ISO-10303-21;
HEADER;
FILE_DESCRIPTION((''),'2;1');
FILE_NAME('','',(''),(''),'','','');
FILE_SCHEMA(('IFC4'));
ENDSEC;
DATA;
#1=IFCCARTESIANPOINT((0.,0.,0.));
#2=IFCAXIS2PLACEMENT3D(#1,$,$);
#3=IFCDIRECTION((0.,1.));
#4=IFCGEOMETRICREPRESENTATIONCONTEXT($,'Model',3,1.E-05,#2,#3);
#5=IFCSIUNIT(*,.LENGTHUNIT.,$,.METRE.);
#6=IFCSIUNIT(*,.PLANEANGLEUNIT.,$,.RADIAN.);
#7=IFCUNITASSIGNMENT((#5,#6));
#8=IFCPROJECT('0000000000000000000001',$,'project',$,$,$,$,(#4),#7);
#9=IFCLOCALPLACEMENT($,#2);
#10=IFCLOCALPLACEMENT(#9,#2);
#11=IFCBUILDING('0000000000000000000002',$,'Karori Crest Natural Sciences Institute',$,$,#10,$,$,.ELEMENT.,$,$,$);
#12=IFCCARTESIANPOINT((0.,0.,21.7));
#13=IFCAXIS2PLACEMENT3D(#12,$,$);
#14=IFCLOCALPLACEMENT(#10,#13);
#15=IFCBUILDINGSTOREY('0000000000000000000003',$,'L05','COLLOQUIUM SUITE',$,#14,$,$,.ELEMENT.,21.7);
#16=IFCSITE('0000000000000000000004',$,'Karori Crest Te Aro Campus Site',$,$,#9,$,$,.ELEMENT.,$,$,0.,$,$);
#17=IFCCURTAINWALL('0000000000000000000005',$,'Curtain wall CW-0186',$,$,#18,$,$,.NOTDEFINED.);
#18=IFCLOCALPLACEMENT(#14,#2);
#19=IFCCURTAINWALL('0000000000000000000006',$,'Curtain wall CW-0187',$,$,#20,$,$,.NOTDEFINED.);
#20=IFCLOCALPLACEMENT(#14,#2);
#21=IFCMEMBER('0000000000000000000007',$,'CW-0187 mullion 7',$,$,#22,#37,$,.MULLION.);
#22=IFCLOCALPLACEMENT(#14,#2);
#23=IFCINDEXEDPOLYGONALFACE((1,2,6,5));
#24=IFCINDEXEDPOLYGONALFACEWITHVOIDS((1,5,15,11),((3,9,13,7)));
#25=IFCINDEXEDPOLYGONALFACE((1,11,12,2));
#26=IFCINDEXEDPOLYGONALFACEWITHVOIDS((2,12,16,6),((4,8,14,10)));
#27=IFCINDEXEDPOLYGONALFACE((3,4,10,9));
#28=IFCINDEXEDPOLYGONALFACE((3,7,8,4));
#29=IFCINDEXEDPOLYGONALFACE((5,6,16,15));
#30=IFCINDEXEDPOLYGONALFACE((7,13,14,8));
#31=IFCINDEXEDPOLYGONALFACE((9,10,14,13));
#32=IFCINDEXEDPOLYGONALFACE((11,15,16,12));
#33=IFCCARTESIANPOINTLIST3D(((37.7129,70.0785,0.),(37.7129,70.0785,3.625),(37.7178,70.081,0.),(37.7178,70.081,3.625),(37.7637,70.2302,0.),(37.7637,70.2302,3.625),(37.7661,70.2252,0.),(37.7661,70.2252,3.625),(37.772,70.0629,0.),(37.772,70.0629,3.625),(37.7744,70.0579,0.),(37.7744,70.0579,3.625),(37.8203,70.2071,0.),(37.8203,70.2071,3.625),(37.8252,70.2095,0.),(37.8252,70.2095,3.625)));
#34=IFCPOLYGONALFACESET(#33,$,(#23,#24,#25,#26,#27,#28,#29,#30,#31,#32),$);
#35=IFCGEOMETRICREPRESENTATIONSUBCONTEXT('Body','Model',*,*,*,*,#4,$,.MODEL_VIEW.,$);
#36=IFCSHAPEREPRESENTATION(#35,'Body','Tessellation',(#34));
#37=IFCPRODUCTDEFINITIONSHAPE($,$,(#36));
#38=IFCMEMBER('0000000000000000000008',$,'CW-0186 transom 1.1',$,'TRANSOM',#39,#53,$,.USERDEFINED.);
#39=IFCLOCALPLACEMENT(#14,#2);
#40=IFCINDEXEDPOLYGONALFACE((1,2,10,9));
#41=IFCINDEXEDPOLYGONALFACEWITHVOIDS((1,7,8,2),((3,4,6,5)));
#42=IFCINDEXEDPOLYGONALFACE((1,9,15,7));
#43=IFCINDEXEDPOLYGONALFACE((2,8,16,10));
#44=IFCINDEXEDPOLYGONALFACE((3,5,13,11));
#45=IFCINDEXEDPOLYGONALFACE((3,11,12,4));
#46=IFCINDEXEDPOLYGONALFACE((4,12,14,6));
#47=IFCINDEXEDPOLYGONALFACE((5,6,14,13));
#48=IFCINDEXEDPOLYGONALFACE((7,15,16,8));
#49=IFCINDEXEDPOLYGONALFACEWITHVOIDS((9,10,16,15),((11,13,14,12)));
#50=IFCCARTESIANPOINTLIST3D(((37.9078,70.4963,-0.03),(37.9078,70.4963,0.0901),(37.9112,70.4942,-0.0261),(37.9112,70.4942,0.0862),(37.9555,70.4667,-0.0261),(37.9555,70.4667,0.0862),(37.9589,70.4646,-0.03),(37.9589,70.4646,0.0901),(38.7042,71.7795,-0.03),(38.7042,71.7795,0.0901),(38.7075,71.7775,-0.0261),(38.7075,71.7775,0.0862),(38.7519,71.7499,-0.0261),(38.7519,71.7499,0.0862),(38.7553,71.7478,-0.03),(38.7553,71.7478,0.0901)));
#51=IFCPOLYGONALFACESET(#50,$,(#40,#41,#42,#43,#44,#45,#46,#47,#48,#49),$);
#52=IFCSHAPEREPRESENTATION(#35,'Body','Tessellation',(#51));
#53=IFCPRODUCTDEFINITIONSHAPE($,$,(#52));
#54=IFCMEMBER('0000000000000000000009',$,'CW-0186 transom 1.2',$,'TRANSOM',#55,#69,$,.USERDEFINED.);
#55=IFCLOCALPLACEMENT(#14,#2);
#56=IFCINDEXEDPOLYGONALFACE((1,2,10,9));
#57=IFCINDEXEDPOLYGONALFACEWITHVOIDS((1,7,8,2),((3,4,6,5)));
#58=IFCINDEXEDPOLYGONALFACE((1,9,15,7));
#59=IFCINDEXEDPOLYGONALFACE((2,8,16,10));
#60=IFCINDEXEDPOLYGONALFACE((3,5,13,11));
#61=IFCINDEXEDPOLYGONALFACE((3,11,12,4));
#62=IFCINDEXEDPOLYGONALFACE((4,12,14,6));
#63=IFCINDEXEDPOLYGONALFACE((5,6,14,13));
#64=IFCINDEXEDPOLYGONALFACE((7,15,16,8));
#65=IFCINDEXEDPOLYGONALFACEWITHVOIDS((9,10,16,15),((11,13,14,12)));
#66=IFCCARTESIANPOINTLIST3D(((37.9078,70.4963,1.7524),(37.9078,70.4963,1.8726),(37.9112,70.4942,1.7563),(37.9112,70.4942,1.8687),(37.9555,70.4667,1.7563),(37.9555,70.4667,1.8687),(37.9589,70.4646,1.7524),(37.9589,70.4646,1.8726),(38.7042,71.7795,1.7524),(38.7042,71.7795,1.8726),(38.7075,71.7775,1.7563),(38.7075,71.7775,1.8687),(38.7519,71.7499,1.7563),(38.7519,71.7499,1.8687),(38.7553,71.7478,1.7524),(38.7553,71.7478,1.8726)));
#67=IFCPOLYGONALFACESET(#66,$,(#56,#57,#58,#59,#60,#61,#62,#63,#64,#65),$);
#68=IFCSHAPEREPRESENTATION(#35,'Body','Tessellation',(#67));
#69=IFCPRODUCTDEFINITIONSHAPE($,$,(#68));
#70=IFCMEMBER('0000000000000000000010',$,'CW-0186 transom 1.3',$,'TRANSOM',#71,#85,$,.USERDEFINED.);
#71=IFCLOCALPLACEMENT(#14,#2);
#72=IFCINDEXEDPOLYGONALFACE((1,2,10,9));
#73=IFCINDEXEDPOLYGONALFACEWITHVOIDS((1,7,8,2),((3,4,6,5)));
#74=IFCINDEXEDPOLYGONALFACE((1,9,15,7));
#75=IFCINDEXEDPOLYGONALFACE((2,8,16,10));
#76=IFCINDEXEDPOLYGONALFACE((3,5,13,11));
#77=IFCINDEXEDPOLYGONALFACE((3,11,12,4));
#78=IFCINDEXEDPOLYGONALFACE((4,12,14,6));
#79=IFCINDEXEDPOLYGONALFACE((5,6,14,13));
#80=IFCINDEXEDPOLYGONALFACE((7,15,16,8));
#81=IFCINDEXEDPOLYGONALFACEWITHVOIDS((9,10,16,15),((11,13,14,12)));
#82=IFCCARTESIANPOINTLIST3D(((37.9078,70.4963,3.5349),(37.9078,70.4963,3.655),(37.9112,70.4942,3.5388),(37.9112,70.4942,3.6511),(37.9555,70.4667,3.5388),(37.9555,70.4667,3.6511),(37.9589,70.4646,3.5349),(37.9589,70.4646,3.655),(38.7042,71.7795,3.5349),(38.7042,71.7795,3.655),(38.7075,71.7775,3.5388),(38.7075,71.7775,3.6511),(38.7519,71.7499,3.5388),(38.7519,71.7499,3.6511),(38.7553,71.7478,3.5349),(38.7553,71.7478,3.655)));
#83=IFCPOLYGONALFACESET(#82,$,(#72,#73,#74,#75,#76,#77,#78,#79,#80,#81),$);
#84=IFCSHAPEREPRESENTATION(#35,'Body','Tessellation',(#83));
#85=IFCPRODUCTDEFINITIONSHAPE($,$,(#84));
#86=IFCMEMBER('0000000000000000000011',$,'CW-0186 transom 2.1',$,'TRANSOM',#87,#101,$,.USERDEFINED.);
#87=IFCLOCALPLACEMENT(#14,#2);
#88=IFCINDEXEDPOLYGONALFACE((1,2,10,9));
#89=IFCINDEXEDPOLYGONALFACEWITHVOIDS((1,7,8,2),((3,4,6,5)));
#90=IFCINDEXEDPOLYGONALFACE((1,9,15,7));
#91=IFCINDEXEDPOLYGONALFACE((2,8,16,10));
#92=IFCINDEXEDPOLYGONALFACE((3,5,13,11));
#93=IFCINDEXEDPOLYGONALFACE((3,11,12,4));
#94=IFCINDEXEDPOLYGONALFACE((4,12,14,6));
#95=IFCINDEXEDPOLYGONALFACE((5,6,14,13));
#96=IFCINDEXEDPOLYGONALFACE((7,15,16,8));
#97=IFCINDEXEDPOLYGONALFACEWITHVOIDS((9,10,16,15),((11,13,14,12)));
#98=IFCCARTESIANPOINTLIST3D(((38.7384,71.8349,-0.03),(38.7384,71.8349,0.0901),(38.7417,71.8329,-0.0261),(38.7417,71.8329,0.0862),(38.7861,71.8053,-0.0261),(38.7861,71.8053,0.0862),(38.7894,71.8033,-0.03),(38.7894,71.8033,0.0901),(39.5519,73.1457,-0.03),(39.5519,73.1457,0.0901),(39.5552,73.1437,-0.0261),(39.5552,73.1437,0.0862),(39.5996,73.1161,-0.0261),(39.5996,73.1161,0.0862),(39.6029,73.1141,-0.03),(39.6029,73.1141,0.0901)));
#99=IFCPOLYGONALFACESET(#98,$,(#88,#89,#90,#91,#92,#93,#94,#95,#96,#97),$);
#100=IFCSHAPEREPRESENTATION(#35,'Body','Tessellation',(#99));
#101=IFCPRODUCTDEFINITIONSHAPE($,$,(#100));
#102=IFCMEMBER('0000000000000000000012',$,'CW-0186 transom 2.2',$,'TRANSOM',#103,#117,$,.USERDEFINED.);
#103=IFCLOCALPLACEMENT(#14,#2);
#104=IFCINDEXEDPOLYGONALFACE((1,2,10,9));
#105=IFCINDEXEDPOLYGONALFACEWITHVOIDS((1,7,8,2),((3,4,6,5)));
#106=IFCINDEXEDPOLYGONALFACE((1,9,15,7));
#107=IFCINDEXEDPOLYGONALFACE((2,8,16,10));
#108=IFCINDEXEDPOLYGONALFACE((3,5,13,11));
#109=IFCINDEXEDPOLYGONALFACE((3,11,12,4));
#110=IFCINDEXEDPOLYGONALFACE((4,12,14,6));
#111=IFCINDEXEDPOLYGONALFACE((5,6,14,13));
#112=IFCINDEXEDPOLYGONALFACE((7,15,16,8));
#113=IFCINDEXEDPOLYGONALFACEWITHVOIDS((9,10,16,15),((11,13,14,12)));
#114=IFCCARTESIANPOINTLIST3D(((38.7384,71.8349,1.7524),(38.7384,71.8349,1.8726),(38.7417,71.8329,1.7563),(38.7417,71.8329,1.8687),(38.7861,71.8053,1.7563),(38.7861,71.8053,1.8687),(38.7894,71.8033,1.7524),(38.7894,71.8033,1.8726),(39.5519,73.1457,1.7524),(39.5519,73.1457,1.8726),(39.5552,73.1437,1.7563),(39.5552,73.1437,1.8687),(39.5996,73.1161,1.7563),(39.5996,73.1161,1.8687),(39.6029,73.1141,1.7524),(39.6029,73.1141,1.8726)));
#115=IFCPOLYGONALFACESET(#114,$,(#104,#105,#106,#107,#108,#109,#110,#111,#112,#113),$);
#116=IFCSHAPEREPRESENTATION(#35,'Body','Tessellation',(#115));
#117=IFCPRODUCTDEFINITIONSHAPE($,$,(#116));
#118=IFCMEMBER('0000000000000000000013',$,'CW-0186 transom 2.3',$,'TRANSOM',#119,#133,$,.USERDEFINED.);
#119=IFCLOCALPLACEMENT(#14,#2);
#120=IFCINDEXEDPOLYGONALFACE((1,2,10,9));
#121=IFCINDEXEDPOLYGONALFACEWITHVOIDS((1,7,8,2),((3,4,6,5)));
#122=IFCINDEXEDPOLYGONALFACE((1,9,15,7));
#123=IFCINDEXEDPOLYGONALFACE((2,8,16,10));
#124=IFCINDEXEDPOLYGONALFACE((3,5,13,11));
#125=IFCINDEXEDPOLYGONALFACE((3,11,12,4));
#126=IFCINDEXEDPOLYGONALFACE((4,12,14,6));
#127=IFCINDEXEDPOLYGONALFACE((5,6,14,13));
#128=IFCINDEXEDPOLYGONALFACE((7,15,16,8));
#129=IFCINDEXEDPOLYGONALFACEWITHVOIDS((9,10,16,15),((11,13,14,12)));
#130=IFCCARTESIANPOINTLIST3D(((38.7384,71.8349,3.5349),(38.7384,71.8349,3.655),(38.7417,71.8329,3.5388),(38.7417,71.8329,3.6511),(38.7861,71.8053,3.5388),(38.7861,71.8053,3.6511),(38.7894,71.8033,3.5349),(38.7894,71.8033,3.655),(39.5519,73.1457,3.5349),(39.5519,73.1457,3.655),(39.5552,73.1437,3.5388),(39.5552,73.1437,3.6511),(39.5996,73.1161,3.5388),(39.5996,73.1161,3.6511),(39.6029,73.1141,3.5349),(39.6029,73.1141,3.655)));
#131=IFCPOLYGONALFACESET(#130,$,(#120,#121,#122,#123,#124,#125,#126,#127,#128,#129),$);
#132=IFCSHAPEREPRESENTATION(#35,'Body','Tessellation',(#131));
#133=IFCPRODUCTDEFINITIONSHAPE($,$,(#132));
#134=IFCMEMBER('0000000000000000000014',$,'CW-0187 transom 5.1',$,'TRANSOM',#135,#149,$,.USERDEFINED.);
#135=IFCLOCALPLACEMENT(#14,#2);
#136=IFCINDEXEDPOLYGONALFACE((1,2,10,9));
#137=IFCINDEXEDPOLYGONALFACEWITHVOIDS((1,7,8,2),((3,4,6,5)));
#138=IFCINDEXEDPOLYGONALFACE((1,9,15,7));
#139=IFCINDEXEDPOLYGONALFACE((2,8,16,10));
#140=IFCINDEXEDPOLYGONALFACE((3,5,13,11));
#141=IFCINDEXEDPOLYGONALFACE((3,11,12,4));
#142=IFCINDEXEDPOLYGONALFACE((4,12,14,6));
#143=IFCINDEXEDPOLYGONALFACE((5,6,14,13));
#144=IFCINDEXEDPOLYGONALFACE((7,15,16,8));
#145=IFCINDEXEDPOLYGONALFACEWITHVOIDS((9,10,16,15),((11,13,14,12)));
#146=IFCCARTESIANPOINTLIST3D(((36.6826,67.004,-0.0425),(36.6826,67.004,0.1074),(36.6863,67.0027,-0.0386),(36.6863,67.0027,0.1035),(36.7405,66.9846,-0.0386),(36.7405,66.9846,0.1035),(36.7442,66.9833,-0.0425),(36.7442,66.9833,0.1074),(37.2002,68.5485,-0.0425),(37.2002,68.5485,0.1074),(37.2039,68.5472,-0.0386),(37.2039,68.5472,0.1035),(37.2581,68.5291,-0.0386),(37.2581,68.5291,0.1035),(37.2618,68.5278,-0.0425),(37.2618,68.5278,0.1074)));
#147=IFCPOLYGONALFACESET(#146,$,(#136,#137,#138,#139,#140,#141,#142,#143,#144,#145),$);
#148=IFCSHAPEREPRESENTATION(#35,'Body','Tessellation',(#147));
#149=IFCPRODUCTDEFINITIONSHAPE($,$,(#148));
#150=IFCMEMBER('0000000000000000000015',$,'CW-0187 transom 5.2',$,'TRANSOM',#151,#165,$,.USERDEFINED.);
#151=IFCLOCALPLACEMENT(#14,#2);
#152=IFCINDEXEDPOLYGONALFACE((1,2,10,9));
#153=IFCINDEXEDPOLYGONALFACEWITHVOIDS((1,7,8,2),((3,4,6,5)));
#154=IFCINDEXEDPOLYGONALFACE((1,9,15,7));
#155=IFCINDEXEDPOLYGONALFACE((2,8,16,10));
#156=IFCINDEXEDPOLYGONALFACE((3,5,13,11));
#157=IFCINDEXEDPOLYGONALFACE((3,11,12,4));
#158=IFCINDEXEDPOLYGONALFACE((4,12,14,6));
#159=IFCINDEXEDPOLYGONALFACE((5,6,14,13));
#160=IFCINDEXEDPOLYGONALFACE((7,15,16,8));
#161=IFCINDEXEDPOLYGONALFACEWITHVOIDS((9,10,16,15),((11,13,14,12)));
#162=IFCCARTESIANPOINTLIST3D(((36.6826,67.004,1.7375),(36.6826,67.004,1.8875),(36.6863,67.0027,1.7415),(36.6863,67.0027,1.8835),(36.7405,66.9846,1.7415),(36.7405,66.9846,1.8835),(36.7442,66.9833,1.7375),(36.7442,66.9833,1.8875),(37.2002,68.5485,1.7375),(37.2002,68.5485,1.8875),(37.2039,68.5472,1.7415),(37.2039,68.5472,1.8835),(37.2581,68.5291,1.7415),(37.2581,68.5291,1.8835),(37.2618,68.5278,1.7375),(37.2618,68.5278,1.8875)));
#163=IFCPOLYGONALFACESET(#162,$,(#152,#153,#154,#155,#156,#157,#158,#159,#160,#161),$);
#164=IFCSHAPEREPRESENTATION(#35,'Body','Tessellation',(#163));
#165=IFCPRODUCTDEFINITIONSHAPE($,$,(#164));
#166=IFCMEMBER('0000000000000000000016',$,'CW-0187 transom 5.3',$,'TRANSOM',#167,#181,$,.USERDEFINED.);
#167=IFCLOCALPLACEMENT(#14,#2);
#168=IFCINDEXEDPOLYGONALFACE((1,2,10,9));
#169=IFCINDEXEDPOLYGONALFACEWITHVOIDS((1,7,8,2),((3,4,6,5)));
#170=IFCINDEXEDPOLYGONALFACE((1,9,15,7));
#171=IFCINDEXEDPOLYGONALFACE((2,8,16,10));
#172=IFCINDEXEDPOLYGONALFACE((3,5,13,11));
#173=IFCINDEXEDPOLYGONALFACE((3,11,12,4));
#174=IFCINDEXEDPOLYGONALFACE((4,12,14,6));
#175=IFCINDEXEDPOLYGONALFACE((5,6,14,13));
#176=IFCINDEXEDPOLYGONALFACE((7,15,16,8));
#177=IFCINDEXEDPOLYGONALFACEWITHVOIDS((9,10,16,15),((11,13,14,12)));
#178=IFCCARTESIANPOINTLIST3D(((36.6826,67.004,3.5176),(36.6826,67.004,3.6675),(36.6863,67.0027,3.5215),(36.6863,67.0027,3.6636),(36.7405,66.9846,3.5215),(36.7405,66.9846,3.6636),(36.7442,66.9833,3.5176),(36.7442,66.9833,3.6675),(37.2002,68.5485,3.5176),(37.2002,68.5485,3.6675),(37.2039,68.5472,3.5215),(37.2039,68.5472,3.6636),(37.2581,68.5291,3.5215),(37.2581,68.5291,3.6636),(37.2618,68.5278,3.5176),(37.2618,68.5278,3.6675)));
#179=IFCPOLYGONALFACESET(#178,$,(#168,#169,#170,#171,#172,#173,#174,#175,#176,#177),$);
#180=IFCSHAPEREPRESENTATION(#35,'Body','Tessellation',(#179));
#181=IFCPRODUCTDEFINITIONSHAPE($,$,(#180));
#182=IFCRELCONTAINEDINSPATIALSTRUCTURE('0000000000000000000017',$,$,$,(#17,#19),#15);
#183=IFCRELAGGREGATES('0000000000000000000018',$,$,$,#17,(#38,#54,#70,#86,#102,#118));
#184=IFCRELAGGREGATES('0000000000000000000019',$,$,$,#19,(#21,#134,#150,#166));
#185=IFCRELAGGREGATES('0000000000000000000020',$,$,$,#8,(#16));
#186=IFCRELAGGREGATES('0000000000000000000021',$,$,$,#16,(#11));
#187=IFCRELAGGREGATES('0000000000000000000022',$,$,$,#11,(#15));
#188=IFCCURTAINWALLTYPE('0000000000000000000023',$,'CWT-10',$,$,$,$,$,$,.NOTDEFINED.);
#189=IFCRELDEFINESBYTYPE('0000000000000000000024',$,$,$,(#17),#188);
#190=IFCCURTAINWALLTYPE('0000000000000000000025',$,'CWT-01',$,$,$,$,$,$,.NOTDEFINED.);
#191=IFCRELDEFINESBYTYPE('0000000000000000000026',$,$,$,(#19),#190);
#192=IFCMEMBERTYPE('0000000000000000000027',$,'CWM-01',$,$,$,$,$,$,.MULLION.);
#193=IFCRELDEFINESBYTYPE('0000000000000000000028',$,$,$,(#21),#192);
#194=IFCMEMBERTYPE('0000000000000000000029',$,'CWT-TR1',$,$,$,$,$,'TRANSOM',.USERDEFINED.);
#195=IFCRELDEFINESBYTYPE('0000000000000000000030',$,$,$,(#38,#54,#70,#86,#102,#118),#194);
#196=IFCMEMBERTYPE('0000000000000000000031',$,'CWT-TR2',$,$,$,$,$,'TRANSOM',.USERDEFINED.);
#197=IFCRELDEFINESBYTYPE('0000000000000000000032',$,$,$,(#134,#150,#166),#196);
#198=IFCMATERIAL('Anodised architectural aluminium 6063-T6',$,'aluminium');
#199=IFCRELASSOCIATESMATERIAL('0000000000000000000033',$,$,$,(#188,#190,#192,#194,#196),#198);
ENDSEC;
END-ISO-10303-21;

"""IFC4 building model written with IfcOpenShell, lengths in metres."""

from ifc_helpers import new_model, si_unit, direction, frame, origin, origin_2d, place, context, subcontext, project, spatial, hollow_rectangle, extrude, material, material_profile, profile_set, type_object, element, aggregate, save


model = new_model("IFC4")

# Units and contexts
model_context = context("Model", 3, precision=1e-05, world=origin(), true_north=direction((0.0, 1.0)))
body_context = subcontext(model_context, "Body", "Model", "MODEL_VIEW")
ifc_project = project(units=[si_unit("LENGTHUNIT", "METRE"), si_unit("PLANEANGLEUNIT", "RADIAN")], contexts=[model_context])

# Site, building, storey
site_placement = place(None, origin())
site = spatial("IfcSite", under=ifc_project, at=site_placement, Name="Karori Crest Te Aro Campus Site", CompositionType="ELEMENT", RefElevation=0.0)
building_placement = place(site_placement, origin())
building = spatial("IfcBuilding", under=site, at=building_placement, Name="Karori Crest Natural Sciences Institute", CompositionType="ELEMENT")
storey_placement = place(building_placement, frame((0.0, 0.0, 21.7)))
storey = spatial("IfcBuildingStorey", under=building, at=storey_placement, Name="L05", Description="COLLOQUIUM SUITE", CompositionType="ELEMENT", Elevation=21.7)

# Curtain walls, member
ifc_material_1 = material(Name="Anodised architectural aluminium 6063-T6", Category="aluminium")
curtain_wall_type_1 = type_object("IfcCurtainWallType", Name="CWT-10", PredefinedType="NOTDEFINED", material=ifc_material_1)
curtain_wall_1_placement = place(storey_placement, origin())
curtain_wall_1 = element("IfcCurtainWall", 1, at=curtain_wall_1_placement, inside=storey, type_object=curtain_wall_type_1, Name="Curtain wall CW-0186", PredefinedType="NOTDEFINED")
ifc_material_profile_1 = material_profile(ifc_material_1, hollow_rectangle(XDim=0.0649, YDim=0.1599, WallThickness=0.0039, at=origin_2d()), Name="CWM160x65x4")
ifc_profile_set_1 = profile_set([ifc_material_profile_1], Name="Anodised architectural aluminium 6063-T6")
member_type_1 = type_object("IfcMemberType", Name="CWM-01", PredefinedType="MULLION", material=ifc_profile_set_1)
curtain_wall_type_2 = type_object("IfcCurtainWallType", Name="CWT-01", PredefinedType="NOTDEFINED", material=ifc_material_1)
curtain_wall_2_placement = place(storey_placement, origin())
curtain_wall_2 = element("IfcCurtainWall", 2, at=curtain_wall_2_placement, inside=storey, type_object=curtain_wall_type_2, Name="Curtain wall CW-0187", PredefinedType="NOTDEFINED")
member_1_placement = place(storey_placement, frame((37.769, 70.144, 0.0), z_axis=(0.0, 0.0, 1.0), x_axis=(-0.948198, 0.31768, 0.0)))
member_1 = element("IfcMember", 3, at=member_1_placement, type_object=member_type_1, Name="CW-0187 mullion 7", PredefinedType="MULLION", context=body_context, shape_type="SweptSolid", body=[
    extrude(hollow_rectangle(XDim=0.0649, YDim=0.1599, WallThickness=0.0039, at=origin_2d()), origin(), (0.0, 0.0, 1.0), 3.625),
])

# Members
ifc_material_profile_2 = material_profile(ifc_material_1, hollow_rectangle(XDim=0.0601, YDim=0.1201, WallThickness=0.0039, at=origin_2d()), Name="CWT120x60x4")
ifc_profile_set_2 = profile_set([ifc_material_profile_2], Name="Anodised architectural aluminium 6063-T6")
member_type_2 = type_object("IfcMemberType", Name="CWT-TR1", ElementType="TRANSOM", PredefinedType="USERDEFINED", material=ifc_profile_set_2)
member_2_placement = place(storey_placement, frame((37.9333, 70.4805, 0.03), z_axis=(0.527323, 0.849665, 0.0), x_axis=(-0.849665, 0.527323, 0.0)))
member_2 = element("IfcMember", 4, at=member_2_placement, type_object=member_type_2, Name="CW-0186 transom 1.1", ObjectType="TRANSOM", PredefinedType="USERDEFINED", context=body_context, shape_type="SweptSolid", body=[
    extrude(hollow_rectangle(XDim=0.0601, YDim=0.1201, WallThickness=0.0039, at=origin_2d()), origin(), (0.0, 0.0, 1.0), 1.5103),
])
member_3_placement = place(storey_placement, frame((37.9333, 70.4805, 1.8125), z_axis=(0.527323, 0.849665, 0.0), x_axis=(-0.849665, 0.527323, 0.0)))
member_3 = element("IfcMember", 5, at=member_3_placement, type_object=member_type_2, Name="CW-0186 transom 1.2", ObjectType="TRANSOM", PredefinedType="USERDEFINED", context=body_context, shape_type="SweptSolid", body=[
    extrude(hollow_rectangle(XDim=0.0601, YDim=0.1201, WallThickness=0.0039, at=origin_2d()), origin(), (0.0, 0.0, 1.0), 1.5103),
])
member_4_placement = place(storey_placement, frame((37.9333, 70.4805, 3.595), z_axis=(0.527323, 0.849665, 0.0), x_axis=(-0.849665, 0.527323, 0.0)))
member_4 = element("IfcMember", 6, at=member_4_placement, type_object=member_type_2, Name="CW-0186 transom 1.3", ObjectType="TRANSOM", PredefinedType="USERDEFINED", context=body_context, shape_type="SweptSolid", body=[
    extrude(hollow_rectangle(XDim=0.0601, YDim=0.1201, WallThickness=0.0039, at=origin_2d()), origin(), (0.0, 0.0, 1.0), 1.5103),
])
member_5_placement = place(storey_placement, frame((38.7639, 71.8191, 0.03), z_axis=(0.527308, 0.849674, 0.0), x_axis=(-0.849674, 0.527308, 0.0)))
member_5 = element("IfcMember", 7, at=member_5_placement, type_object=member_type_2, Name="CW-0186 transom 2.1", ObjectType="TRANSOM", PredefinedType="USERDEFINED", context=body_context, shape_type="SweptSolid", body=[
    extrude(hollow_rectangle(XDim=0.0601, YDim=0.1201, WallThickness=0.0039, at=origin_2d()), origin(), (0.0, 0.0, 1.0), 1.5427),
])
member_6_placement = place(storey_placement, frame((38.7639, 71.8191, 1.8125), z_axis=(0.527308, 0.849674, 0.0), x_axis=(-0.849674, 0.527308, 0.0)))
member_6 = element("IfcMember", 8, at=member_6_placement, type_object=member_type_2, Name="CW-0186 transom 2.2", ObjectType="TRANSOM", PredefinedType="USERDEFINED", context=body_context, shape_type="SweptSolid", body=[
    extrude(hollow_rectangle(XDim=0.0601, YDim=0.1201, WallThickness=0.0039, at=origin_2d()), origin(), (0.0, 0.0, 1.0), 1.5427),
])
member_7_placement = place(storey_placement, frame((38.7639, 71.8191, 3.595), z_axis=(0.527308, 0.849674, 0.0), x_axis=(-0.849674, 0.527308, 0.0)))
member_7 = element("IfcMember", 9, at=member_7_placement, type_object=member_type_2, Name="CW-0186 transom 2.3", ObjectType="TRANSOM", PredefinedType="USERDEFINED", context=body_context, shape_type="SweptSolid", body=[
    extrude(hollow_rectangle(XDim=0.0601, YDim=0.1201, WallThickness=0.0039, at=origin_2d()), origin(), (0.0, 0.0, 1.0), 1.5427),
])
ifc_material_profile_3 = material_profile(ifc_material_1, hollow_rectangle(XDim=0.0649, YDim=0.1499, WallThickness=0.0039, at=origin_2d()), Name="CWT150x65x4")
ifc_profile_set_3 = profile_set([ifc_material_profile_3], Name="Anodised architectural aluminium 6063-T6")
member_type_3 = type_object("IfcMemberType", Name="CWT-TR2", ElementType="TRANSOM", PredefinedType="USERDEFINED", material=ifc_profile_set_3)
member_8_placement = place(storey_placement, frame((36.7134, 66.9937, 0.0325), z_axis=(0.317756, 0.948172, 0.0), x_axis=(-0.948172, 0.317756, 0.0)))
member_8 = element("IfcMember", 10, at=member_8_placement, type_object=member_type_3, Name="CW-0187 transom 5.1", ObjectType="TRANSOM", PredefinedType="USERDEFINED", context=body_context, shape_type="SweptSolid", body=[
    extrude(hollow_rectangle(XDim=0.0649, YDim=0.1499, WallThickness=0.0039, at=origin_2d()), origin(), (0.0, 0.0, 1.0), 1.6289),
])
member_9_placement = place(storey_placement, frame((36.7134, 66.9937, 1.8125), z_axis=(0.317756, 0.948172, 0.0), x_axis=(-0.948172, 0.317756, 0.0)))
member_9 = element("IfcMember", 11, at=member_9_placement, type_object=member_type_3, Name="CW-0187 transom 5.2", ObjectType="TRANSOM", PredefinedType="USERDEFINED", context=body_context, shape_type="SweptSolid", body=[
    extrude(hollow_rectangle(XDim=0.0649, YDim=0.1499, WallThickness=0.0039, at=origin_2d()), origin(), (0.0, 0.0, 1.0), 1.6289),
])
member_10_placement = place(storey_placement, frame((36.7134, 66.9937, 3.5925), z_axis=(0.317756, 0.948172, 0.0), x_axis=(-0.948172, 0.317756, 0.0)))
member_10 = element("IfcMember", 12, at=member_10_placement, type_object=member_type_3, Name="CW-0187 transom 5.3", ObjectType="TRANSOM", PredefinedType="USERDEFINED", context=body_context, shape_type="SweptSolid", body=[
    extrude(hollow_rectangle(XDim=0.0649, YDim=0.1499, WallThickness=0.0039, at=origin_2d()), origin(), (0.0, 0.0, 1.0), 1.6289),
])

aggregate(curtain_wall_1, [member_2, member_3, member_4, member_5, member_6, member_7])
aggregate(curtain_wall_2, [member_1, member_8, member_9, member_10])

save(model, "model.ifc")
